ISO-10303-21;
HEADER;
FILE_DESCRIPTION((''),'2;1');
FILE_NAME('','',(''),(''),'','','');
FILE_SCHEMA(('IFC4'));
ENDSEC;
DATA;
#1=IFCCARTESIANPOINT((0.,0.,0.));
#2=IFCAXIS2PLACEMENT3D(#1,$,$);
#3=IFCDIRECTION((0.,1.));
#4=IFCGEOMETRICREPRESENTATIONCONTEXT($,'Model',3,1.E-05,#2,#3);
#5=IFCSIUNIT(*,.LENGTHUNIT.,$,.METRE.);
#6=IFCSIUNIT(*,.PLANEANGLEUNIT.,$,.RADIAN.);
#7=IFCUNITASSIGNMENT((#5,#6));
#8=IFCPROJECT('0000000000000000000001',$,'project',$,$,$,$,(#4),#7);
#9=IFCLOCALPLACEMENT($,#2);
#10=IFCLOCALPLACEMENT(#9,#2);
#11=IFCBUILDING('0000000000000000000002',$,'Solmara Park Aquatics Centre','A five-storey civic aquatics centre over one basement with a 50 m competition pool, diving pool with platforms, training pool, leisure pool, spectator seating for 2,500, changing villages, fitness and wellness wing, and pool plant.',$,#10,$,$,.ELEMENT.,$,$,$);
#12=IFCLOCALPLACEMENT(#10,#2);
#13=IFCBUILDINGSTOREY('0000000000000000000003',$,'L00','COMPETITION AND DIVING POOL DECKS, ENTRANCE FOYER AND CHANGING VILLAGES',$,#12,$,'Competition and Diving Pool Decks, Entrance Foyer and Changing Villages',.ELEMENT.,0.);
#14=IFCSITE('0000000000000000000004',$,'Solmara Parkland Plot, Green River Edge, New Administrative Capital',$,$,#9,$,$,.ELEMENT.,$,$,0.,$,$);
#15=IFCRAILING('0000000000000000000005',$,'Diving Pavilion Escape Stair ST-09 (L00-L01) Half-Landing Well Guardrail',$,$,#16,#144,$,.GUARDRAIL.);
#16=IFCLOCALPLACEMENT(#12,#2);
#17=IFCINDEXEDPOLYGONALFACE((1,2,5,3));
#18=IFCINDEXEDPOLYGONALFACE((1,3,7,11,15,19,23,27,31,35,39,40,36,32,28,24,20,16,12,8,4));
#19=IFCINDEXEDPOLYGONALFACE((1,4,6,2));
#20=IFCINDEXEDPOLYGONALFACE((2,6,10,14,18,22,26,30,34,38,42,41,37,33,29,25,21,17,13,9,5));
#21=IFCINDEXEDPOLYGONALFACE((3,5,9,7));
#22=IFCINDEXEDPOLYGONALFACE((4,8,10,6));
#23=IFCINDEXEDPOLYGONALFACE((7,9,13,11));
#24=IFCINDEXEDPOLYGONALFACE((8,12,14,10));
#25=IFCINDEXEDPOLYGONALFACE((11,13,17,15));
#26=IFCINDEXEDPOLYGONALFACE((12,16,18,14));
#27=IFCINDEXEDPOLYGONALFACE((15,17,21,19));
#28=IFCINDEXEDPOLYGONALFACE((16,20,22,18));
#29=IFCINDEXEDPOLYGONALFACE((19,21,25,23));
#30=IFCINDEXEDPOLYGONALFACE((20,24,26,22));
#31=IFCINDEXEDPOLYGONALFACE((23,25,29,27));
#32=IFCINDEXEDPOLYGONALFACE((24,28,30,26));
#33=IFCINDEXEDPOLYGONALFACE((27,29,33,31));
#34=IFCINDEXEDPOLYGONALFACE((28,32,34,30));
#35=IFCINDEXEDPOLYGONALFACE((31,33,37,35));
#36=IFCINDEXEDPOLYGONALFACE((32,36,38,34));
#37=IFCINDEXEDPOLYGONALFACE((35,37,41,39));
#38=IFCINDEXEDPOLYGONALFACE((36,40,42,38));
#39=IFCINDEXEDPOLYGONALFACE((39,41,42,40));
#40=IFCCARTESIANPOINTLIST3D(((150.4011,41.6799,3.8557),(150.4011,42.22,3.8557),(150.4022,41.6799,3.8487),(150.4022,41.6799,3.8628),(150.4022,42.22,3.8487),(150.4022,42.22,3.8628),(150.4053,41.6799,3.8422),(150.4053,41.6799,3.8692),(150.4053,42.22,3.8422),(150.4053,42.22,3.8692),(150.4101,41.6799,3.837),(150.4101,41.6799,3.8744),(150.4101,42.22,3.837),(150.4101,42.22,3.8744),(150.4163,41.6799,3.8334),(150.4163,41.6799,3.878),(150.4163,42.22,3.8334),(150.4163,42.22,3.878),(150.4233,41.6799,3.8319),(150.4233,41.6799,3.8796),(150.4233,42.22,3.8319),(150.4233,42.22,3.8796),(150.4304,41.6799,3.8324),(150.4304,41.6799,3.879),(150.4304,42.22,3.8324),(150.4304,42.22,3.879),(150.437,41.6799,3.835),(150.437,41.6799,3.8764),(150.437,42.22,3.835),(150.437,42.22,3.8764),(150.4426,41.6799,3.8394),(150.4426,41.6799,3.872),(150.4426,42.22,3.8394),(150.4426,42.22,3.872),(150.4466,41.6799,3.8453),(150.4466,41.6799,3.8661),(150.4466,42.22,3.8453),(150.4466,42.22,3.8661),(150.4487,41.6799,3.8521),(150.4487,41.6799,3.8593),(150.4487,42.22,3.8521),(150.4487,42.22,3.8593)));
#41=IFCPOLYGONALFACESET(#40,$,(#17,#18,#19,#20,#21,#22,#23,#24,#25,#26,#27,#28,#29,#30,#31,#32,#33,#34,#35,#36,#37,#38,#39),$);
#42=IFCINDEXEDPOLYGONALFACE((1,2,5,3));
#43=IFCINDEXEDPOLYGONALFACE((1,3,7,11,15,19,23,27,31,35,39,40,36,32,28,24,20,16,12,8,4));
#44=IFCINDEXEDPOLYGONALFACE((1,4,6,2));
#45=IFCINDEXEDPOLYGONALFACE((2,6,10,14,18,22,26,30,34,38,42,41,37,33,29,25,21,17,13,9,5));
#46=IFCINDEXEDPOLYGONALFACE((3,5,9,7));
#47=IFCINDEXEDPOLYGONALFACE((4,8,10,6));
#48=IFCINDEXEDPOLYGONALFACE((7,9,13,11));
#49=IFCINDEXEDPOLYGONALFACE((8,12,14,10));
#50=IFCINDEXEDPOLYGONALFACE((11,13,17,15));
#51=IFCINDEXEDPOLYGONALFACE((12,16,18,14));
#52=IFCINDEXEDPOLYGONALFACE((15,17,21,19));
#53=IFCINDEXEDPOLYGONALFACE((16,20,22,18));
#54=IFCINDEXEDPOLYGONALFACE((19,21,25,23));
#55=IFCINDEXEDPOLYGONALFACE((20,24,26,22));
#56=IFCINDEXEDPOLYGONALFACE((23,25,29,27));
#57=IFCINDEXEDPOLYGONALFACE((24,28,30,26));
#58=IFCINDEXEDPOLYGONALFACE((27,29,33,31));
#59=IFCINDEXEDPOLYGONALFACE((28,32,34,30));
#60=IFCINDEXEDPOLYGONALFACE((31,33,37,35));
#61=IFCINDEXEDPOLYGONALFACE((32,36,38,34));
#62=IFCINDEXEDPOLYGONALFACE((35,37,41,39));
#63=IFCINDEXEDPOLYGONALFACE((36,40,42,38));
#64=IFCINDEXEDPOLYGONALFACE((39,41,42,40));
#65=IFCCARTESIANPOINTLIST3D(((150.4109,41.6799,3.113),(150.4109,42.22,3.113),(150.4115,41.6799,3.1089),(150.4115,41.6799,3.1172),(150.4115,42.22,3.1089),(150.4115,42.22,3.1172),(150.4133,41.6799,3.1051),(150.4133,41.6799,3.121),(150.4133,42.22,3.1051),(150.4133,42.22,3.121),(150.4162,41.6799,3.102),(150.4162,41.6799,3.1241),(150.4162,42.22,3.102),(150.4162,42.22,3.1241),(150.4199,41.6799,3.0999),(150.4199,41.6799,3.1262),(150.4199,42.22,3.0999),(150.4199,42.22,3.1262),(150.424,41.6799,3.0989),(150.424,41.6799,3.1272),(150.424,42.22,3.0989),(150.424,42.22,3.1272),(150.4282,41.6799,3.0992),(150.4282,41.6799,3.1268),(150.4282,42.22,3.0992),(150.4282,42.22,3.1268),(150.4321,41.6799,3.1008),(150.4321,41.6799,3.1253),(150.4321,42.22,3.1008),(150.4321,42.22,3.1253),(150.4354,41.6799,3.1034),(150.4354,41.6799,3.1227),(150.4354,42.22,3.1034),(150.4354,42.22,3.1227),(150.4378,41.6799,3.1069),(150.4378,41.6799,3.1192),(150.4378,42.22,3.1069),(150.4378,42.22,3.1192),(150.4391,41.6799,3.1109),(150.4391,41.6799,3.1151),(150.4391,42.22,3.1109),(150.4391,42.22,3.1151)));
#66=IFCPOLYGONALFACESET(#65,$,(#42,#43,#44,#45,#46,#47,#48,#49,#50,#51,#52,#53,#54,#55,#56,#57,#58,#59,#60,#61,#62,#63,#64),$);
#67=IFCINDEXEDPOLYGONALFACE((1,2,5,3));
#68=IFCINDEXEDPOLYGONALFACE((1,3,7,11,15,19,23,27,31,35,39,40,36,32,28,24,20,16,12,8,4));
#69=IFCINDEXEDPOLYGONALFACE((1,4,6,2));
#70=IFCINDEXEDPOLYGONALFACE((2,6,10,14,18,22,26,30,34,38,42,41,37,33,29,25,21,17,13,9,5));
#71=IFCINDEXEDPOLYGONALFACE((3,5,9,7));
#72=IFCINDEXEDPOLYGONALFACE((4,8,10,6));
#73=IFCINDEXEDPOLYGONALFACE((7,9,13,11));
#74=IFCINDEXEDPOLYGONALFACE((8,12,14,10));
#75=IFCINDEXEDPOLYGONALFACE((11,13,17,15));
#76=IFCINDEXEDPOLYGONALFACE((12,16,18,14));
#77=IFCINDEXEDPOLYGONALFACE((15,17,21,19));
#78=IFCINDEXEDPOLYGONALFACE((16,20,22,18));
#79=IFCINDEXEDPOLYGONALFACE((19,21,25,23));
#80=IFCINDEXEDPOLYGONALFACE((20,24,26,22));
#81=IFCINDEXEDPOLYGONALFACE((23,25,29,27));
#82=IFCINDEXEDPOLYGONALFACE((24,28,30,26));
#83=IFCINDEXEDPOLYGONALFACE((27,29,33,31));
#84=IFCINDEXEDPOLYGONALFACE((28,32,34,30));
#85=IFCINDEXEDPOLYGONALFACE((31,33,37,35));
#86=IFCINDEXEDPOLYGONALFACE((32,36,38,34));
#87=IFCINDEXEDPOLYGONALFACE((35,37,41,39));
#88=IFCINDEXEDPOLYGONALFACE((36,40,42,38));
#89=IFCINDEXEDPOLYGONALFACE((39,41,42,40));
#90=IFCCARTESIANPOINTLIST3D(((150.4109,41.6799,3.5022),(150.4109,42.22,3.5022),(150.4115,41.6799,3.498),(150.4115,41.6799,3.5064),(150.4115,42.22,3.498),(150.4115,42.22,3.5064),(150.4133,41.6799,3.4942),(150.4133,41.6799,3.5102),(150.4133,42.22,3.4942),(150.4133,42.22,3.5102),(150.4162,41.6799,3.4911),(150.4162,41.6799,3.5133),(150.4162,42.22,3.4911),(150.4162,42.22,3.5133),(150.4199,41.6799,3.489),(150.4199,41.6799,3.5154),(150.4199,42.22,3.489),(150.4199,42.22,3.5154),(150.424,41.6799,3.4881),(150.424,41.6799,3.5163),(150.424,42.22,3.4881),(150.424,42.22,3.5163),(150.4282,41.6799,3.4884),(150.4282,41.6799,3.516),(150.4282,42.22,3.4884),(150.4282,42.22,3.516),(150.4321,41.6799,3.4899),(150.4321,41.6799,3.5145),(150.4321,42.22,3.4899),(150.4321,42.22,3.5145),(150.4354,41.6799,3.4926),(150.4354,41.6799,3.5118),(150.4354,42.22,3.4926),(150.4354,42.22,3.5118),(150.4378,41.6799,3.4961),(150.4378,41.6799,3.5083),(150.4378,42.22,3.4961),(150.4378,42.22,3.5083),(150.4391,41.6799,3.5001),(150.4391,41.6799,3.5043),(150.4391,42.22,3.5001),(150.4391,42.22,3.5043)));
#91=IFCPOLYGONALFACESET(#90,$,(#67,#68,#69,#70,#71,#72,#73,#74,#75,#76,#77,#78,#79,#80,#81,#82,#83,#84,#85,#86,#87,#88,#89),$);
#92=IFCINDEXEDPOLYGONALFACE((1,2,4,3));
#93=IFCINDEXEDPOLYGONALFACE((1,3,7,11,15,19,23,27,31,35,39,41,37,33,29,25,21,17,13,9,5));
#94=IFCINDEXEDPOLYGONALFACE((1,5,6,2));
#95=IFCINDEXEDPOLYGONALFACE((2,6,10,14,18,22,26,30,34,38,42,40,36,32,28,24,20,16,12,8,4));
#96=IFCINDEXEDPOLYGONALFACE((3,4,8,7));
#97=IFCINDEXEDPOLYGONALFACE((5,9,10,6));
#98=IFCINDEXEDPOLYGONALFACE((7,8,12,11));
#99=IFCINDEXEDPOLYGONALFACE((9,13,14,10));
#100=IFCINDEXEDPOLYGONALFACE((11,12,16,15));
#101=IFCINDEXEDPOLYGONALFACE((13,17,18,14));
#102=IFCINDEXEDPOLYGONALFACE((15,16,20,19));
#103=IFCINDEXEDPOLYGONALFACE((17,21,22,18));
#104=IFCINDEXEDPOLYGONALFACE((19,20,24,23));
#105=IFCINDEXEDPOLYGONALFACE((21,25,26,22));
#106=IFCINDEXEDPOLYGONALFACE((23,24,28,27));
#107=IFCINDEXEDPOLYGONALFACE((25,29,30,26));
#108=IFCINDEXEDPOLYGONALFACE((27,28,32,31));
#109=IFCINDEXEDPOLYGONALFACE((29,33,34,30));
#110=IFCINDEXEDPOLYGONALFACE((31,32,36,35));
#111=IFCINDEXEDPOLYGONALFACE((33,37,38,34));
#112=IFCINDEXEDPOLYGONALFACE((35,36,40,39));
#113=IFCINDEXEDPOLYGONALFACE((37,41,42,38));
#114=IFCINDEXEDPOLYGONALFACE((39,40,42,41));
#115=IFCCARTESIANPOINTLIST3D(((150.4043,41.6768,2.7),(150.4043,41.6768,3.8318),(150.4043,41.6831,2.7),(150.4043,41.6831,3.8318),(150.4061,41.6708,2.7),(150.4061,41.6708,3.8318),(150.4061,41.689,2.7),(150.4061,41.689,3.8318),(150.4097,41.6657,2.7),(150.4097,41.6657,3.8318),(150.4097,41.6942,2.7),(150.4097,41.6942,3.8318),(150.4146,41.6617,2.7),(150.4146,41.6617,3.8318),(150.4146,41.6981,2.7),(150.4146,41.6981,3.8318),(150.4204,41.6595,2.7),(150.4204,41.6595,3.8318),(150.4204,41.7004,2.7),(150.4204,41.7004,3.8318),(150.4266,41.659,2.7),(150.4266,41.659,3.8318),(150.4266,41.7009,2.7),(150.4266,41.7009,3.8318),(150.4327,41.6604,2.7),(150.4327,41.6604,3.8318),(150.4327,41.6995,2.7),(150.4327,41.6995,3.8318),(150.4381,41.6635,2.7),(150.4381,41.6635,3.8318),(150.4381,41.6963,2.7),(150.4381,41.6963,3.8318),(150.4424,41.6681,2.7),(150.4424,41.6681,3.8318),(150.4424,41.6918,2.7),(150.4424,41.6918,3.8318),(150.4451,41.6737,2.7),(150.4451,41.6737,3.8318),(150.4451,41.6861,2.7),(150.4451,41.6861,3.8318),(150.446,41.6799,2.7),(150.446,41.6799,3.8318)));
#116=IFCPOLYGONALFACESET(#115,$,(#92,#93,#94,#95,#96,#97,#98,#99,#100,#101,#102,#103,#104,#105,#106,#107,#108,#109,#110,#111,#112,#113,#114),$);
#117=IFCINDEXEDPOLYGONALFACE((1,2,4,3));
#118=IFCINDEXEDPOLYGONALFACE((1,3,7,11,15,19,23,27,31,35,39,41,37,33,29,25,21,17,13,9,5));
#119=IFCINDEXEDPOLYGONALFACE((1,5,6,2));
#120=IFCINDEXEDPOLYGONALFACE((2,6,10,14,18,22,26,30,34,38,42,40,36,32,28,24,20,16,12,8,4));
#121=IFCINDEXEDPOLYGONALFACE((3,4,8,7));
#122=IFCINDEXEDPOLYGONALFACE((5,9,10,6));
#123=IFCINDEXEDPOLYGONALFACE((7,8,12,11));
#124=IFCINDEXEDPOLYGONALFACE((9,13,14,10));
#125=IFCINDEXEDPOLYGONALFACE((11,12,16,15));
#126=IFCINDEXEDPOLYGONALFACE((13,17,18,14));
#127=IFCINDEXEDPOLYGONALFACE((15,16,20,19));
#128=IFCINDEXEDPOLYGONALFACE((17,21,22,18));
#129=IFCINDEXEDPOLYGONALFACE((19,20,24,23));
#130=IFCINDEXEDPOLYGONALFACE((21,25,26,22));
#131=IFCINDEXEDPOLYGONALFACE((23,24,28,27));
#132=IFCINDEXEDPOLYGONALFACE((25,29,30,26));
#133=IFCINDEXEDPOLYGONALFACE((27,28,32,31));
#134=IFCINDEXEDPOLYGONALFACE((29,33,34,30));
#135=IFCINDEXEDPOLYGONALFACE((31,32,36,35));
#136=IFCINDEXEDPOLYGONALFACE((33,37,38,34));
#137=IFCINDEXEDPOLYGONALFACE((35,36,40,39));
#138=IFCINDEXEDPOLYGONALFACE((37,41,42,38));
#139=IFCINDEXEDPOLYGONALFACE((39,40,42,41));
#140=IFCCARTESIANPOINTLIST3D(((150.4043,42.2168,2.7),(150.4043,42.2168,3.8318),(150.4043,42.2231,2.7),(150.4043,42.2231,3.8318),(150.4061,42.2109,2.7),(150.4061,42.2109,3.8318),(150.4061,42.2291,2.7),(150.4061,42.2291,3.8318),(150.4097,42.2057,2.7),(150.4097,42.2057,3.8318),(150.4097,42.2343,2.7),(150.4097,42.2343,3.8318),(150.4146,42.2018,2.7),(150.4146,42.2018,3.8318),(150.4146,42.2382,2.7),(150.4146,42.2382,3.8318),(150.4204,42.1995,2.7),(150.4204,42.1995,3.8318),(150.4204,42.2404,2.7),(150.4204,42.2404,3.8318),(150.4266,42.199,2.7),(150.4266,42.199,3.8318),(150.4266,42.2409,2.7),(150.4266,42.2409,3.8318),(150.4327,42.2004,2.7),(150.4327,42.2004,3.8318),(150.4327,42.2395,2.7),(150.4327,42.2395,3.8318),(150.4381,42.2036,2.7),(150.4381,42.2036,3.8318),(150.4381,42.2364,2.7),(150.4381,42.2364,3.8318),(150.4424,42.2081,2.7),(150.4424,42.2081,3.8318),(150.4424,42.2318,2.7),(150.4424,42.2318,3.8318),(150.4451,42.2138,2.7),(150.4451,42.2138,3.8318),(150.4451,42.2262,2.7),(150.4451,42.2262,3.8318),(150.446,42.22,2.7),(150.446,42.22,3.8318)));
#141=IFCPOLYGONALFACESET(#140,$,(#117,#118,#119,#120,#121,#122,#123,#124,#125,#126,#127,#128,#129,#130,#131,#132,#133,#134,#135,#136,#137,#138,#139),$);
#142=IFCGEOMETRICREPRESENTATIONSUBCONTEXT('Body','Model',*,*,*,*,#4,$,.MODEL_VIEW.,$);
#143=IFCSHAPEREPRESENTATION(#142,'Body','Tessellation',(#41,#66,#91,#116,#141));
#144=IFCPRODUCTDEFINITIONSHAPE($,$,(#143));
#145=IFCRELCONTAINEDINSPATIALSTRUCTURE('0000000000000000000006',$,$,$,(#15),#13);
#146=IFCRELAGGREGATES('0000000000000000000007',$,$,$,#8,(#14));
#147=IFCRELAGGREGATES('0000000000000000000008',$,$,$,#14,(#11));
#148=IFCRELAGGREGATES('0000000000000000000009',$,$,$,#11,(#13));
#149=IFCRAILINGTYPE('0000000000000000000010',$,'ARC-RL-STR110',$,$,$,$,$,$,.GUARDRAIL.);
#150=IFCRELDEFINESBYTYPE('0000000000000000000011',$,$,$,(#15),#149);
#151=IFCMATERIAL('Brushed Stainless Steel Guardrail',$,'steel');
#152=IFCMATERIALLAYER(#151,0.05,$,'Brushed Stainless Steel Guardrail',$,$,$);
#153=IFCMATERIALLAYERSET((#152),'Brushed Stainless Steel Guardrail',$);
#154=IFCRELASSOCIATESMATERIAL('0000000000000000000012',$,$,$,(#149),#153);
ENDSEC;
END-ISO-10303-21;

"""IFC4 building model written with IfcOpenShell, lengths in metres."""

from ifc_helpers import new_model, si_unit, direction, frame, origin, origin_2d, place, context, subcontext, project, spatial, circle, extrude, material, layer, layer_set, type_object, element, save


model = new_model("IFC4")

# Units and contexts
model_context = context("Model", 3, precision=1e-05, world=origin(), true_north=direction((0.0, 1.0)))
body_context = subcontext(model_context, "Body", "Model", "MODEL_VIEW")
ifc_project = project(units=[si_unit("LENGTHUNIT", "METRE"), si_unit("PLANEANGLEUNIT", "RADIAN")], contexts=[model_context])

# Site, building, storey
site_placement = place(None, origin())
site = spatial("IfcSite", under=ifc_project, at=site_placement, Name="Solmara Parkland Plot, Green River Edge, New Administrative Capital", CompositionType="ELEMENT", RefElevation=0.0)
building_placement = place(site_placement, origin())
building = spatial("IfcBuilding", under=site, at=building_placement, Name="Solmara Park Aquatics Centre", Description="A five-storey civic aquatics centre over one basement with a 50 m competition pool, diving pool with platforms, training pool, leisure pool, spectator seating for 2,500, changing villages, fitness and wellness wing, and pool plant.", CompositionType="ELEMENT")
storey_placement = place(building_placement, origin())
storey = spatial("IfcBuildingStorey", under=building, at=storey_placement, Name="L00", Description="COMPETITION AND DIVING POOL DECKS, ENTRANCE FOYER AND CHANGING VILLAGES", LongName="Competition and Diving Pool Decks, Entrance Foyer and Changing Villages", CompositionType="ELEMENT", Elevation=0.0)

# Railing
ifc_material_1 = material(Name="Brushed Stainless Steel Guardrail", Category="steel")
ifc_layer_1 = layer(ifc_material_1, 0.05, Name="Brushed Stainless Steel Guardrail")
ifc_layer_set_1 = layer_set([ifc_layer_1], Name="Brushed Stainless Steel Guardrail")
railing_type = type_object("IfcRailingType", Name="ARC-RL-STR110", PredefinedType="GUARDRAIL", material=ifc_layer_set_1)
railing_1_placement = place(storey_placement, frame((150.425, 41.6799, 2.7)))
element("IfcRailing", 1, at=railing_1_placement, inside=storey, type_object=railing_type, Name="Diving Pavilion Escape Stair ST-09 (L00-L01) Half-Landing Well Guardrail", PredefinedType="GUARDRAIL", context=body_context, shape_type="SweptSolid", body=[
    extrude(circle(Radius=0.0239, at=origin_2d()), frame((0.0, 0.0, 1.1558), z_axis=(0.0, 1.0, 0.0), x_axis=(-1.0, 0.0, 0.0)), (0.0, 0.0, 1.0), 0.54),
    extrude(circle(Radius=0.0142, at=origin_2d()), frame((0.0, 0.0, 0.4131), z_axis=(0.0, 1.0, 0.0), x_axis=(-1.0, 0.0, 0.0)), (0.0, 0.0, 1.0), 0.54),
    extrude(circle(Radius=0.0142, at=origin_2d()), frame((0.0, 0.0, 0.8022), z_axis=(0.0, 1.0, 0.0), x_axis=(-1.0, 0.0, 0.0)), (0.0, 0.0, 1.0), 0.54),
    extrude(circle(Radius=0.021, at=origin_2d()), origin(), (0.0, 0.0, 1.0), 1.1318),
    extrude(circle(Radius=0.021, at=origin_2d()), frame((0.0, 0.54, 0.0)), (0.0, 0.0, 1.0), 1.1318),
])

save(model, "model.ifc")
